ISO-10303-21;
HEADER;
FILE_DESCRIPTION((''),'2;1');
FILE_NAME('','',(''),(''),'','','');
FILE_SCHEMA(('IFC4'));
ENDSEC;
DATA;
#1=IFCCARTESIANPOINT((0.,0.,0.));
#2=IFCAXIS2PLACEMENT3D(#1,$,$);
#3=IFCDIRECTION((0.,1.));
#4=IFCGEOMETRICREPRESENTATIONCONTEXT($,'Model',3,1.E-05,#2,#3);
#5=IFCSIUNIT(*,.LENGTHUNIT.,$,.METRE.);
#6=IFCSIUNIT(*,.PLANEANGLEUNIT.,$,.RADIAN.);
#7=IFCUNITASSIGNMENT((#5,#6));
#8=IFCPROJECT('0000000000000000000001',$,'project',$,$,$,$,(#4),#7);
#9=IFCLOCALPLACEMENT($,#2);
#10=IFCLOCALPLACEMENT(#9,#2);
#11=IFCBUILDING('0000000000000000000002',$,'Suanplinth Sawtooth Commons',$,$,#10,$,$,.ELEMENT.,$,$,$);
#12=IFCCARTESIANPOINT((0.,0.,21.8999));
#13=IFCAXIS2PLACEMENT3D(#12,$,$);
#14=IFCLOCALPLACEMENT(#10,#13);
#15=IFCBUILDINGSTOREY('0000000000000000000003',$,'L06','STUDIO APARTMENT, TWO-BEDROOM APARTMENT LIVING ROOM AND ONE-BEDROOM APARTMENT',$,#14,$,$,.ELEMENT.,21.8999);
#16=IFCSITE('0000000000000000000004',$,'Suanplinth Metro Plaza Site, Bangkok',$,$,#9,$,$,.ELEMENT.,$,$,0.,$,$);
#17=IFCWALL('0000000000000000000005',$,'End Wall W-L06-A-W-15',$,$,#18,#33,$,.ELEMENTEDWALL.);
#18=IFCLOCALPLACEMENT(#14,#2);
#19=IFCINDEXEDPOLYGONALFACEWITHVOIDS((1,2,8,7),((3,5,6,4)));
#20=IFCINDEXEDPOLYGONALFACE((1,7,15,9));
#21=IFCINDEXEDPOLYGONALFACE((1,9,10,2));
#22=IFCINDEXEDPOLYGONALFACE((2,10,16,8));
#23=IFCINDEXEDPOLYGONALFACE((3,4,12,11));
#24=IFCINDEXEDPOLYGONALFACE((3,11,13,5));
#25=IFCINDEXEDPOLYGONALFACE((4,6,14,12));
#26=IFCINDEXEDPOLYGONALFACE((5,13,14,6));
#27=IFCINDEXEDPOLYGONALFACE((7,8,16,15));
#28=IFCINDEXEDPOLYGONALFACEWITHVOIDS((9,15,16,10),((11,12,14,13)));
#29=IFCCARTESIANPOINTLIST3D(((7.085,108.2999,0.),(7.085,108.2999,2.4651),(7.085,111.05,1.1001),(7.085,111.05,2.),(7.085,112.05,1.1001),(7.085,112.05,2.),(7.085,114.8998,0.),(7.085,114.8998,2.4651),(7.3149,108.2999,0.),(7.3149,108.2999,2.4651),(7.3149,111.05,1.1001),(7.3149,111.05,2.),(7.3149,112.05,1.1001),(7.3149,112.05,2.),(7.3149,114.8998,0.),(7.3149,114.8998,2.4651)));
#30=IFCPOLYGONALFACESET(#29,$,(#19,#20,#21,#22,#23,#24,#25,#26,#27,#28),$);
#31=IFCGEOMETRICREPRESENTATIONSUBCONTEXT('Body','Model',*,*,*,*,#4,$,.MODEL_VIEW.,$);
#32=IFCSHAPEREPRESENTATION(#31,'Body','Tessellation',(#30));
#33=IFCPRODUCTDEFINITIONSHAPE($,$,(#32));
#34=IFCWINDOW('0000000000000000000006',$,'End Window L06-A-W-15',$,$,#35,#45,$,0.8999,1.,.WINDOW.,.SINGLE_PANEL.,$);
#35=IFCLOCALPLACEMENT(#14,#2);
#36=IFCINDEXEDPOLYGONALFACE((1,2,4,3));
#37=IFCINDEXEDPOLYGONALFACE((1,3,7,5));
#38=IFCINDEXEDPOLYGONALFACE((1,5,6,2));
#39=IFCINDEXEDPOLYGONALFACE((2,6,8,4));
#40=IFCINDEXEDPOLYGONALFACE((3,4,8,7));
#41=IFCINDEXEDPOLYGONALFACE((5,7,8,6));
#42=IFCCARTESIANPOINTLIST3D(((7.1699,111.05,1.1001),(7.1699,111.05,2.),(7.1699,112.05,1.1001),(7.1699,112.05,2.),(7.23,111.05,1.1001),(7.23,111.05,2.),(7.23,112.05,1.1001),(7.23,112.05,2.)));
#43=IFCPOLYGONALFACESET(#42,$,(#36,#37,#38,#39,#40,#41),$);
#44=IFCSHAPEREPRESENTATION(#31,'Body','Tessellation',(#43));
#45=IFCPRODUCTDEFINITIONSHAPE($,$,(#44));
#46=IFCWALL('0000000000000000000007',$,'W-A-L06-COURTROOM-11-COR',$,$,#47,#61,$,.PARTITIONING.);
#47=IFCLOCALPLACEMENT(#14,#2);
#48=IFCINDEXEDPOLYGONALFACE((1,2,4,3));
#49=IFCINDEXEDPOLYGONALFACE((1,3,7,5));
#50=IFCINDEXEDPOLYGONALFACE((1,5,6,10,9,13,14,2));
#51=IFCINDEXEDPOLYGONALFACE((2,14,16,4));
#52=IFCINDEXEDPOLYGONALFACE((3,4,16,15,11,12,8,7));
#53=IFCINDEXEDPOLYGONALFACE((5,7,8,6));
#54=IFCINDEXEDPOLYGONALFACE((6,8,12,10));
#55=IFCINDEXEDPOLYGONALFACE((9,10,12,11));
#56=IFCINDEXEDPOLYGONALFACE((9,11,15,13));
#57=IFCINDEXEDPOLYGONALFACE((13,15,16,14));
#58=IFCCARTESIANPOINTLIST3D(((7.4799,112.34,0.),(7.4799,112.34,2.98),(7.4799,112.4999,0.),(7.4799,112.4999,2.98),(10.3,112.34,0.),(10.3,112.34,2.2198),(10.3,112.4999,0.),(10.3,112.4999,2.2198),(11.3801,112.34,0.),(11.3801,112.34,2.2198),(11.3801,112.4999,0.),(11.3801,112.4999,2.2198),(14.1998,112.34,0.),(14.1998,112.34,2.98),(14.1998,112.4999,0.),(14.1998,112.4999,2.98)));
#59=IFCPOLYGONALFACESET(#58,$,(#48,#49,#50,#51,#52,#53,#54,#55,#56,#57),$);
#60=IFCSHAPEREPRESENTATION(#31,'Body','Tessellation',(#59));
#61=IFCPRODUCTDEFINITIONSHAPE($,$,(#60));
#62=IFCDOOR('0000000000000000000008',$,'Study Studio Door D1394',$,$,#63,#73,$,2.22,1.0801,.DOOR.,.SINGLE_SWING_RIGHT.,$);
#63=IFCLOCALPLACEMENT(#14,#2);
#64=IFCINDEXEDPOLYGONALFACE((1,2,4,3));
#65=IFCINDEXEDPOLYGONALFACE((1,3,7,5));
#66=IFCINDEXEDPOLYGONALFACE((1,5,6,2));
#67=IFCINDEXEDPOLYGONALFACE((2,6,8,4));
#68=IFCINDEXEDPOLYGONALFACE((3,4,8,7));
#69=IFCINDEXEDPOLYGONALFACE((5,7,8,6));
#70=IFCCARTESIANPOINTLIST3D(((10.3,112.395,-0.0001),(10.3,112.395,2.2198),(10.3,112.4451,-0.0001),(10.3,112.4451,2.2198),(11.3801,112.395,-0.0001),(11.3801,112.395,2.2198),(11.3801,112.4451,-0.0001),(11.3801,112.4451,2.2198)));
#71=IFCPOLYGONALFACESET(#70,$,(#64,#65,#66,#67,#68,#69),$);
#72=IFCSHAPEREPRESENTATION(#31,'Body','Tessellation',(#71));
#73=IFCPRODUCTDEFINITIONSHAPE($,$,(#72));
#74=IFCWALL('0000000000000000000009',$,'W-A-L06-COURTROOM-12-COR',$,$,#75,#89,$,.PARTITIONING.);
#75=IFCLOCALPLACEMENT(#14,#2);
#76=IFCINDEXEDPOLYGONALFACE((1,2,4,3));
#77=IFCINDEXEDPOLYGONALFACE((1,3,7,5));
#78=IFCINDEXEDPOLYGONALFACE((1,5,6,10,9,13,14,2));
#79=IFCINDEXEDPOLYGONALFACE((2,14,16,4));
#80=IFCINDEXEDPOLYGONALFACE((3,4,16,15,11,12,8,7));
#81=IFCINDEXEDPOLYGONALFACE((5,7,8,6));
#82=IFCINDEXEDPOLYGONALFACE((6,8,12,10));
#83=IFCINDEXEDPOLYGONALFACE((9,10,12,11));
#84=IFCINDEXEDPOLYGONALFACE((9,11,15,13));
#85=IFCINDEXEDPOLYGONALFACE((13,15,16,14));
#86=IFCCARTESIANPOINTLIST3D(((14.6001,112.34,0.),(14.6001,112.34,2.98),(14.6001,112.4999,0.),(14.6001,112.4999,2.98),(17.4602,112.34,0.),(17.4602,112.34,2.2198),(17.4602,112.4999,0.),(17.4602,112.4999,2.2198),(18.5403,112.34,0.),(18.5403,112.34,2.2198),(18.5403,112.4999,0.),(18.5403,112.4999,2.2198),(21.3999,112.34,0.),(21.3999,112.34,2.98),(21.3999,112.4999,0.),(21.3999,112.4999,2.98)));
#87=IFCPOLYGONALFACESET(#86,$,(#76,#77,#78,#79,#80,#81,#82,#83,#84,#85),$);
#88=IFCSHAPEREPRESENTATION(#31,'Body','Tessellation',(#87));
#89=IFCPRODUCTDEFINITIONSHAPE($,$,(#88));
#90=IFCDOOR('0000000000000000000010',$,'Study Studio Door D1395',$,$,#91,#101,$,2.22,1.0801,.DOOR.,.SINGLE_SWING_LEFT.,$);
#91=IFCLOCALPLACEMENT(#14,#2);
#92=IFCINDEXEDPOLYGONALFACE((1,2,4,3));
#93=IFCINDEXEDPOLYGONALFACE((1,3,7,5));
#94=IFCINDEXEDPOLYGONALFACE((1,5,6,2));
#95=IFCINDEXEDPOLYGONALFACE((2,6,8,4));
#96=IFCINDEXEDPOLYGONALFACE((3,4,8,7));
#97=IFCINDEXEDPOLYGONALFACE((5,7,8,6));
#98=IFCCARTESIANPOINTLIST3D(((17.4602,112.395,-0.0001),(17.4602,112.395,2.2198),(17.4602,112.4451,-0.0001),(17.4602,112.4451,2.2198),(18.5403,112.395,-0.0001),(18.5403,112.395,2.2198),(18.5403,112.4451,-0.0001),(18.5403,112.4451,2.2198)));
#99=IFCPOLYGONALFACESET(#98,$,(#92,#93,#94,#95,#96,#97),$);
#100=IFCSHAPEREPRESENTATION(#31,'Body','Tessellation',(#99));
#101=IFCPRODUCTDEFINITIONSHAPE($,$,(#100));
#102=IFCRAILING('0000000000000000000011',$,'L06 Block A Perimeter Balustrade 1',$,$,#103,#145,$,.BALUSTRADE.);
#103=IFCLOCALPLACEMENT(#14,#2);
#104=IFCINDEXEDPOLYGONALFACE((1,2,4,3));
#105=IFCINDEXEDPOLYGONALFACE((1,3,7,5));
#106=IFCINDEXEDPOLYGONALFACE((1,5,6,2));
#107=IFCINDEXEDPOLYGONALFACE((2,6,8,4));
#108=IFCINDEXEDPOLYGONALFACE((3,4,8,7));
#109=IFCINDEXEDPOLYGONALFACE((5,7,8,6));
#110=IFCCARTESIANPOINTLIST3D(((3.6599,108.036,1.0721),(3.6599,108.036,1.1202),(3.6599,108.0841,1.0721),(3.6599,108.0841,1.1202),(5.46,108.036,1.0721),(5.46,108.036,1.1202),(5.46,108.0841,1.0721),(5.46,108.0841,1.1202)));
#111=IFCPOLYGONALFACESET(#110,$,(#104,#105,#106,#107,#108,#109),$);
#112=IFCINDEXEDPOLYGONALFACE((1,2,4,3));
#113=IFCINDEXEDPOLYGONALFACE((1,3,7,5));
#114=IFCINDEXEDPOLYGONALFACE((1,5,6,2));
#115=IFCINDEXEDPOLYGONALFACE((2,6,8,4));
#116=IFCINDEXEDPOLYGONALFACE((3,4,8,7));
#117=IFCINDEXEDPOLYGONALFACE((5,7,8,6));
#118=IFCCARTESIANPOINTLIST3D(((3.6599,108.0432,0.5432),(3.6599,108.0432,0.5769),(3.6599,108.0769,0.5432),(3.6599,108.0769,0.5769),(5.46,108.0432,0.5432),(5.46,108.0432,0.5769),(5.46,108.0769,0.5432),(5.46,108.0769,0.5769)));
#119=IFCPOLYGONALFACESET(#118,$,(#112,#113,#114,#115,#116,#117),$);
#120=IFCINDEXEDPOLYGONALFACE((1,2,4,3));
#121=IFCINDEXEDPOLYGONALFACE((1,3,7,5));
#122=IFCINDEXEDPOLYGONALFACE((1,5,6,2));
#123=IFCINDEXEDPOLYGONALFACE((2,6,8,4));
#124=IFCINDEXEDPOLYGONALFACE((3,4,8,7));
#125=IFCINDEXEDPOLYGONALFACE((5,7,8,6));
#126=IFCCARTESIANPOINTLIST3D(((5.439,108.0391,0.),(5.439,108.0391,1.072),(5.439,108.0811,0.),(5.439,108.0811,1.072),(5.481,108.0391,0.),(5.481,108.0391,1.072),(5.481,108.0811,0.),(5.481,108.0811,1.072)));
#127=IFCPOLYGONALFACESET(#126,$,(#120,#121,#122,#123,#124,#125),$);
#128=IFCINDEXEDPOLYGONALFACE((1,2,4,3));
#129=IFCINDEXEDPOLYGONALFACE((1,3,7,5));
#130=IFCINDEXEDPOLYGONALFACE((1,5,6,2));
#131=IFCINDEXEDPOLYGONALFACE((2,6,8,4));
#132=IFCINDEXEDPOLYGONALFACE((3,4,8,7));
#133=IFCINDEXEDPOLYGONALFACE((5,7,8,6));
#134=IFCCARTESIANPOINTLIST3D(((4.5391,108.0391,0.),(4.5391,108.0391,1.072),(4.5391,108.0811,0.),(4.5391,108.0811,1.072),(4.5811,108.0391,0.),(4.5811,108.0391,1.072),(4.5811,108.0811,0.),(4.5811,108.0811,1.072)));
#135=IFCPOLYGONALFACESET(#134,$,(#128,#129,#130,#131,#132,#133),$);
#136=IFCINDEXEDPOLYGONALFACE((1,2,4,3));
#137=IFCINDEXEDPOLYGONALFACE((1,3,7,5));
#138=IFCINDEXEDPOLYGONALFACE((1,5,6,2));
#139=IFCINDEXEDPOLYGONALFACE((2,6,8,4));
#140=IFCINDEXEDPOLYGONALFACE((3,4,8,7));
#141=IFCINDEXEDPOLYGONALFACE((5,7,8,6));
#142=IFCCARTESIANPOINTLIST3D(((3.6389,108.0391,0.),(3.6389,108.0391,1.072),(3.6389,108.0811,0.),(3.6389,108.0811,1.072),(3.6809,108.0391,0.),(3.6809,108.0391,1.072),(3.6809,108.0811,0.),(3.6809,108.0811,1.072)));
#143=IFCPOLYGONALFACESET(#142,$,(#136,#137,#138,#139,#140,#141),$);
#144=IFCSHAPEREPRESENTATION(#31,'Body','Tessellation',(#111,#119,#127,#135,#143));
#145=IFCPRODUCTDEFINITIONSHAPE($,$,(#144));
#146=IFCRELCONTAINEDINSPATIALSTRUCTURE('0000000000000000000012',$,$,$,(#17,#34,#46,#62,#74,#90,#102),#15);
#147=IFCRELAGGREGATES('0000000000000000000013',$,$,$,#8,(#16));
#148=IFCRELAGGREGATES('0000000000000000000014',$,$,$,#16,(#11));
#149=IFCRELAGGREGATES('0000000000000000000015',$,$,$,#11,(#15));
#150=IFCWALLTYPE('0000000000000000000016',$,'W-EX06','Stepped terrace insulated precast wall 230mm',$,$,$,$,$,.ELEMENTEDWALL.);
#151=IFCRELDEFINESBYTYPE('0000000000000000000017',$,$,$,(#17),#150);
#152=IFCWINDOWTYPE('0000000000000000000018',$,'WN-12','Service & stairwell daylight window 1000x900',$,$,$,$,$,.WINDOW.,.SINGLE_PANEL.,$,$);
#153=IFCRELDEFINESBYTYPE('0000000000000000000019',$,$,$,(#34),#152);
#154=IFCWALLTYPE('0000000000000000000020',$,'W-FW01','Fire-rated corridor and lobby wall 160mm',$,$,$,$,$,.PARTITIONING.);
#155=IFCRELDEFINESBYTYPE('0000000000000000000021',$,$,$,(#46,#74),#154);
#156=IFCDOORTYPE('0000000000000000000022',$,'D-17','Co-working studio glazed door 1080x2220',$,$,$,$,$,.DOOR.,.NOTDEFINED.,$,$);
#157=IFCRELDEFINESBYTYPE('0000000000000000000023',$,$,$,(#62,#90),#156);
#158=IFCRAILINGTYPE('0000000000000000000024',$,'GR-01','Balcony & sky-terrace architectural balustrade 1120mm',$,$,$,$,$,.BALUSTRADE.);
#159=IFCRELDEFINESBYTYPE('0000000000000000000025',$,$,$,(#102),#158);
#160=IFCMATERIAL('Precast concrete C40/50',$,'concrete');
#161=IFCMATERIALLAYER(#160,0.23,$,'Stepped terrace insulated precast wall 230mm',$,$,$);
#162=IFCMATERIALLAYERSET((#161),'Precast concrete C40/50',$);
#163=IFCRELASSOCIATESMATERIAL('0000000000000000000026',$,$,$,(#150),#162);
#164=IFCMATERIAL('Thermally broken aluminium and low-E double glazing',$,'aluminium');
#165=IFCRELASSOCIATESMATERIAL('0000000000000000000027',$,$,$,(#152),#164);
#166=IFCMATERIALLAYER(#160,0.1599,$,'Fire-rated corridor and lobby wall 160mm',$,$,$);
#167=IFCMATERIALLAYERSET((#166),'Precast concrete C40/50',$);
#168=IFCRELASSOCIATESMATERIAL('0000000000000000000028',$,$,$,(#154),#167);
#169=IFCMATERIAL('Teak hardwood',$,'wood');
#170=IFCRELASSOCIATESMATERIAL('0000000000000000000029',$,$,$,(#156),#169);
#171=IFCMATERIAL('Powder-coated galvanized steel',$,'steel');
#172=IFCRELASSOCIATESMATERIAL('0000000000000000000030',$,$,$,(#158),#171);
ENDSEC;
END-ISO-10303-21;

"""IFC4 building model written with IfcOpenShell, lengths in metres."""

from ifc_helpers import new_model, si_unit, direction, frame, frame_2d, origin, origin_2d, place, context, subcontext, project, spatial, rectangle, extrude, material, layer, layer_set, type_object, element, fill, save


model = new_model("IFC4")

# Units and contexts
model_context = context("Model", 3, precision=1e-05, world=origin(), true_north=direction((0.0, 1.0)))
body_context = subcontext(model_context, "Body", "Model", "MODEL_VIEW")
ifc_project = project(units=[si_unit("LENGTHUNIT", "METRE"), si_unit("PLANEANGLEUNIT", "RADIAN")], contexts=[model_context])

# Site, building, storey
site_placement = place(None, origin())
site = spatial("IfcSite", under=ifc_project, at=site_placement, Name="Suanplinth Metro Plaza Site, Bangkok", CompositionType="ELEMENT", RefElevation=0.0)
building_placement = place(site_placement, origin())
building = spatial("IfcBuilding", under=site, at=building_placement, Name="Suanplinth Sawtooth Commons", CompositionType="ELEMENT")
storey_placement = place(building_placement, frame((0.0, 0.0, 21.8999)))
storey = spatial("IfcBuildingStorey", under=building, at=storey_placement, Name="L06", Description="STUDIO APARTMENT, TWO-BEDROOM APARTMENT LIVING ROOM AND ONE-BEDROOM APARTMENT", CompositionType="ELEMENT", Elevation=21.8999)

# Shared definitions
ifc_material_1 = material(Name="Precast concrete C40/50", Category="concrete")

# Wall, opening, window
ifc_layer_1 = layer(ifc_material_1, 0.23, Name="Stepped terrace insulated precast wall 230mm")
ifc_layer_set_1 = layer_set([ifc_layer_1], Name="Precast concrete C40/50")
wall_type_1 = type_object("IfcWallType", Name="W-EX06", Description="Stepped terrace insulated precast wall 230mm", PredefinedType="ELEMENTEDWALL", material=ifc_layer_set_1)
wall_1_placement = place(storey_placement, frame((7.2, 108.3, 0.0), z_axis=(0.0, 0.0, 1.0), x_axis=(0.0, 1.0, 0.0)))
wall_1 = element("IfcWall", 1, at=wall_1_placement, inside=storey, type_object=wall_type_1, Name="End Wall W-L06-A-W-15", PredefinedType="ELEMENTEDWALL", context=body_context, shape_type="SweptSolid", body=[
    extrude(rectangle(XDim=6.5999, YDim=0.23, at=frame_2d((3.2998, 0.0))), origin(), (0.0, 0.0, 1.0), 2.4651),
])
opening_1_placement = place(wall_1_placement, frame((2.75, 0.0, 1.1001)))
opening_1 = element("IfcOpeningElement", 2, at=opening_1_placement, cuts=wall_1, PredefinedType="OPENING", context=body_context, shape_type="SweptSolid", body=[
    extrude(rectangle(XDim=1.0, YDim=0.8999, at=frame_2d((0.5, 0.45))), frame((0.0, 0.1299, 0.0), z_axis=(0.0, -1.0, 0.0), x_axis=(1.0, 0.0, 0.0)), (0.0, 0.0, 1.0), 0.2598),
])
ifc_material_2 = material(Name="Thermally broken aluminium and low-E double glazing", Category="aluminium")
window_type = type_object("IfcWindowType", Name="WN-12", Description="Service & stairwell daylight window 1000x900", PartitioningType="SINGLE_PANEL", PredefinedType="WINDOW", material=ifc_material_2)
window_placement = place(opening_1_placement, origin())
window = element("IfcWindow", 3, at=window_placement, inside=storey, type_object=window_type, Name="End Window L06-A-W-15", OverallHeight=0.8999, OverallWidth=1.0, PartitioningType="SINGLE_PANEL", PredefinedType="WINDOW", context=body_context, shape_type="SweptSolid", body=[
    extrude(rectangle(XDim=1.0, YDim=0.8999, at=frame_2d((0.5, 0.45))), frame((0.0, 0.03, 0.0), z_axis=(0.0, -1.0, 0.0), x_axis=(1.0, 0.0, 0.0)), (0.0, 0.0, 1.0), 0.0601),
])
fill(opening_1, window)

# Walls, openings, doors
ifc_layer_2 = layer(ifc_material_1, 0.1599, Name="Fire-rated corridor and lobby wall 160mm")
ifc_layer_set_2 = layer_set([ifc_layer_2], Name="Precast concrete C40/50")
wall_type_2 = type_object("IfcWallType", Name="W-FW01", Description="Fire-rated corridor and lobby wall 160mm", PredefinedType="PARTITIONING", material=ifc_layer_set_2)
wall_2_placement = place(storey_placement, frame((7.48, 112.4199, 0.0), z_axis=(0.0, 0.0, 1.0), x_axis=(1.0, 0.0, 0.0)))
wall_2 = element("IfcWall", 4, at=wall_2_placement, inside=storey, type_object=wall_type_2, Name="W-A-L06-COURTROOM-11-COR", PredefinedType="PARTITIONING", context=body_context, shape_type="SweptSolid", body=[
    extrude(rectangle(XDim=6.72, YDim=0.1599, at=frame_2d((3.3599, 0.0))), origin(), (0.0, 0.0, 1.0), 2.98),
])
opening_2_placement = place(wall_2_placement, frame((2.8201, 0.0, 0.0)))
opening_2 = element("IfcOpeningElement", 5, at=opening_2_placement, cuts=wall_2, PredefinedType="OPENING", context=body_context, shape_type="SweptSolid", body=[
    extrude(rectangle(XDim=1.0801, YDim=2.22, at=frame_2d((0.54, 1.1099))), frame((0.0, 0.0947, 0.0), z_axis=(0.0, -1.0, 0.0), x_axis=(1.0, 0.0, 0.0)), (0.0, 0.0, 1.0), 0.1897),
])
ifc_material_3 = material(Name="Teak hardwood", Category="wood")
door_type_1 = type_object("IfcDoorType", Name="D-17", Description="Co-working studio glazed door 1080x2220", OperationType="NOTDEFINED", PredefinedType="DOOR", material=ifc_material_3)
door_1_placement = place(opening_2_placement, frame((1.0801, 0.0, 0.0), z_axis=(0.0, 0.0, 1.0), x_axis=(-1.0, 0.0, 0.0)))
door_1 = element("IfcDoor", 6, at=door_1_placement, inside=storey, type_object=door_type_1, Name="Study Studio Door D1394", OperationType="SINGLE_SWING_RIGHT", OverallHeight=2.22, OverallWidth=1.0801, PredefinedType="DOOR", context=body_context, shape_type="SweptSolid", body=[
    extrude(rectangle(XDim=1.0801, YDim=2.22, at=frame_2d((0.54, 1.1099))), frame((0.0, 0.0249, 0.0), z_axis=(0.0, -1.0, 0.0), x_axis=(1.0, 0.0, 0.0)), (0.0, 0.0, 1.0), 0.05),
])
fill(opening_2, door_1)
wall_3_placement = place(storey_placement, frame((14.6001, 112.4199, 0.0), z_axis=(0.0, 0.0, 1.0), x_axis=(1.0, 0.0, 0.0)))
wall_3 = element("IfcWall", 7, at=wall_3_placement, inside=storey, type_object=wall_type_2, Name="W-A-L06-COURTROOM-12-COR", PredefinedType="PARTITIONING", context=body_context, shape_type="SweptSolid", body=[
    extrude(rectangle(XDim=6.7998, YDim=0.1599, at=frame_2d((3.3999, 0.0))), origin(), (0.0, 0.0, 1.0), 2.98),
])
opening_3_placement = place(wall_3_placement, frame((2.8601, 0.0, 0.0)))
opening_3 = element("IfcOpeningElement", 8, at=opening_3_placement, cuts=wall_3, PredefinedType="OPENING", context=body_context, shape_type="SweptSolid", body=[
    extrude(rectangle(XDim=1.0801, YDim=2.22, at=frame_2d((0.54, 1.1099))), frame((0.0, 0.0947, 0.0), z_axis=(0.0, -1.0, 0.0), x_axis=(1.0, 0.0, 0.0)), (0.0, 0.0, 1.0), 0.1897),
])
door_2_placement = place(opening_3_placement, frame((1.0801, 0.0, 0.0), z_axis=(0.0, 0.0, 1.0), x_axis=(-1.0, 0.0, 0.0)))
door_2 = element("IfcDoor", 9, at=door_2_placement, inside=storey, type_object=door_type_1, Name="Study Studio Door D1395", OperationType="SINGLE_SWING_LEFT", OverallHeight=2.22, OverallWidth=1.0801, PredefinedType="DOOR", context=body_context, shape_type="SweptSolid", body=[
    extrude(rectangle(XDim=1.0801, YDim=2.22, at=frame_2d((0.54, 1.1099))), frame((0.0, 0.0249, 0.0), z_axis=(0.0, -1.0, 0.0), x_axis=(1.0, 0.0, 0.0)), (0.0, 0.0, 1.0), 0.05),
])
fill(opening_3, door_2)

# Railing
ifc_material_4 = material(Name="Powder-coated galvanized steel", Category="steel")
railing_type = type_object("IfcRailingType", Name="GR-01", Description="Balcony & sky-terrace architectural balustrade 1120mm", PredefinedType="BALUSTRADE", material=ifc_material_4)
railing_1_placement = place(storey_placement, frame((5.46, 108.0601, 0.0)))
element("IfcRailing", 10, at=railing_1_placement, inside=storey, type_object=railing_type, Name="L06 Block A Perimeter Balustrade 1", PredefinedType="BALUSTRADE", context=body_context, shape_type="SweptSolid", body=[
    extrude(rectangle(XDim=0.0481, YDim=0.0481, at=origin_2d()), frame((0.0, 0.0, 1.0962), z_axis=(-1.0, 0.0, 0.0), x_axis=(0.0, -1.0, 0.0)), (0.0, 0.0, 1.0), 1.8),
    extrude(rectangle(XDim=0.0337, YDim=0.0337, at=origin_2d()), frame((0.0, 0.0, 0.5601), z_axis=(-1.0, 0.0, 0.0), x_axis=(0.0, -1.0, 0.0)), (0.0, 0.0, 1.0), 1.8),
    extrude(rectangle(XDim=0.042, YDim=0.042, at=origin_2d()), origin(), (0.0, 0.0, 1.0), 1.072),
    extrude(rectangle(XDim=0.042, YDim=0.042, at=origin_2d()), frame((-0.8999, 0.0, 0.0)), (0.0, 0.0, 1.0), 1.072),
    extrude(rectangle(XDim=0.042, YDim=0.042, at=origin_2d()), frame((-1.8, 0.0, 0.0)), (0.0, 0.0, 1.0), 1.072),
])

save(model, "model.ifc")
